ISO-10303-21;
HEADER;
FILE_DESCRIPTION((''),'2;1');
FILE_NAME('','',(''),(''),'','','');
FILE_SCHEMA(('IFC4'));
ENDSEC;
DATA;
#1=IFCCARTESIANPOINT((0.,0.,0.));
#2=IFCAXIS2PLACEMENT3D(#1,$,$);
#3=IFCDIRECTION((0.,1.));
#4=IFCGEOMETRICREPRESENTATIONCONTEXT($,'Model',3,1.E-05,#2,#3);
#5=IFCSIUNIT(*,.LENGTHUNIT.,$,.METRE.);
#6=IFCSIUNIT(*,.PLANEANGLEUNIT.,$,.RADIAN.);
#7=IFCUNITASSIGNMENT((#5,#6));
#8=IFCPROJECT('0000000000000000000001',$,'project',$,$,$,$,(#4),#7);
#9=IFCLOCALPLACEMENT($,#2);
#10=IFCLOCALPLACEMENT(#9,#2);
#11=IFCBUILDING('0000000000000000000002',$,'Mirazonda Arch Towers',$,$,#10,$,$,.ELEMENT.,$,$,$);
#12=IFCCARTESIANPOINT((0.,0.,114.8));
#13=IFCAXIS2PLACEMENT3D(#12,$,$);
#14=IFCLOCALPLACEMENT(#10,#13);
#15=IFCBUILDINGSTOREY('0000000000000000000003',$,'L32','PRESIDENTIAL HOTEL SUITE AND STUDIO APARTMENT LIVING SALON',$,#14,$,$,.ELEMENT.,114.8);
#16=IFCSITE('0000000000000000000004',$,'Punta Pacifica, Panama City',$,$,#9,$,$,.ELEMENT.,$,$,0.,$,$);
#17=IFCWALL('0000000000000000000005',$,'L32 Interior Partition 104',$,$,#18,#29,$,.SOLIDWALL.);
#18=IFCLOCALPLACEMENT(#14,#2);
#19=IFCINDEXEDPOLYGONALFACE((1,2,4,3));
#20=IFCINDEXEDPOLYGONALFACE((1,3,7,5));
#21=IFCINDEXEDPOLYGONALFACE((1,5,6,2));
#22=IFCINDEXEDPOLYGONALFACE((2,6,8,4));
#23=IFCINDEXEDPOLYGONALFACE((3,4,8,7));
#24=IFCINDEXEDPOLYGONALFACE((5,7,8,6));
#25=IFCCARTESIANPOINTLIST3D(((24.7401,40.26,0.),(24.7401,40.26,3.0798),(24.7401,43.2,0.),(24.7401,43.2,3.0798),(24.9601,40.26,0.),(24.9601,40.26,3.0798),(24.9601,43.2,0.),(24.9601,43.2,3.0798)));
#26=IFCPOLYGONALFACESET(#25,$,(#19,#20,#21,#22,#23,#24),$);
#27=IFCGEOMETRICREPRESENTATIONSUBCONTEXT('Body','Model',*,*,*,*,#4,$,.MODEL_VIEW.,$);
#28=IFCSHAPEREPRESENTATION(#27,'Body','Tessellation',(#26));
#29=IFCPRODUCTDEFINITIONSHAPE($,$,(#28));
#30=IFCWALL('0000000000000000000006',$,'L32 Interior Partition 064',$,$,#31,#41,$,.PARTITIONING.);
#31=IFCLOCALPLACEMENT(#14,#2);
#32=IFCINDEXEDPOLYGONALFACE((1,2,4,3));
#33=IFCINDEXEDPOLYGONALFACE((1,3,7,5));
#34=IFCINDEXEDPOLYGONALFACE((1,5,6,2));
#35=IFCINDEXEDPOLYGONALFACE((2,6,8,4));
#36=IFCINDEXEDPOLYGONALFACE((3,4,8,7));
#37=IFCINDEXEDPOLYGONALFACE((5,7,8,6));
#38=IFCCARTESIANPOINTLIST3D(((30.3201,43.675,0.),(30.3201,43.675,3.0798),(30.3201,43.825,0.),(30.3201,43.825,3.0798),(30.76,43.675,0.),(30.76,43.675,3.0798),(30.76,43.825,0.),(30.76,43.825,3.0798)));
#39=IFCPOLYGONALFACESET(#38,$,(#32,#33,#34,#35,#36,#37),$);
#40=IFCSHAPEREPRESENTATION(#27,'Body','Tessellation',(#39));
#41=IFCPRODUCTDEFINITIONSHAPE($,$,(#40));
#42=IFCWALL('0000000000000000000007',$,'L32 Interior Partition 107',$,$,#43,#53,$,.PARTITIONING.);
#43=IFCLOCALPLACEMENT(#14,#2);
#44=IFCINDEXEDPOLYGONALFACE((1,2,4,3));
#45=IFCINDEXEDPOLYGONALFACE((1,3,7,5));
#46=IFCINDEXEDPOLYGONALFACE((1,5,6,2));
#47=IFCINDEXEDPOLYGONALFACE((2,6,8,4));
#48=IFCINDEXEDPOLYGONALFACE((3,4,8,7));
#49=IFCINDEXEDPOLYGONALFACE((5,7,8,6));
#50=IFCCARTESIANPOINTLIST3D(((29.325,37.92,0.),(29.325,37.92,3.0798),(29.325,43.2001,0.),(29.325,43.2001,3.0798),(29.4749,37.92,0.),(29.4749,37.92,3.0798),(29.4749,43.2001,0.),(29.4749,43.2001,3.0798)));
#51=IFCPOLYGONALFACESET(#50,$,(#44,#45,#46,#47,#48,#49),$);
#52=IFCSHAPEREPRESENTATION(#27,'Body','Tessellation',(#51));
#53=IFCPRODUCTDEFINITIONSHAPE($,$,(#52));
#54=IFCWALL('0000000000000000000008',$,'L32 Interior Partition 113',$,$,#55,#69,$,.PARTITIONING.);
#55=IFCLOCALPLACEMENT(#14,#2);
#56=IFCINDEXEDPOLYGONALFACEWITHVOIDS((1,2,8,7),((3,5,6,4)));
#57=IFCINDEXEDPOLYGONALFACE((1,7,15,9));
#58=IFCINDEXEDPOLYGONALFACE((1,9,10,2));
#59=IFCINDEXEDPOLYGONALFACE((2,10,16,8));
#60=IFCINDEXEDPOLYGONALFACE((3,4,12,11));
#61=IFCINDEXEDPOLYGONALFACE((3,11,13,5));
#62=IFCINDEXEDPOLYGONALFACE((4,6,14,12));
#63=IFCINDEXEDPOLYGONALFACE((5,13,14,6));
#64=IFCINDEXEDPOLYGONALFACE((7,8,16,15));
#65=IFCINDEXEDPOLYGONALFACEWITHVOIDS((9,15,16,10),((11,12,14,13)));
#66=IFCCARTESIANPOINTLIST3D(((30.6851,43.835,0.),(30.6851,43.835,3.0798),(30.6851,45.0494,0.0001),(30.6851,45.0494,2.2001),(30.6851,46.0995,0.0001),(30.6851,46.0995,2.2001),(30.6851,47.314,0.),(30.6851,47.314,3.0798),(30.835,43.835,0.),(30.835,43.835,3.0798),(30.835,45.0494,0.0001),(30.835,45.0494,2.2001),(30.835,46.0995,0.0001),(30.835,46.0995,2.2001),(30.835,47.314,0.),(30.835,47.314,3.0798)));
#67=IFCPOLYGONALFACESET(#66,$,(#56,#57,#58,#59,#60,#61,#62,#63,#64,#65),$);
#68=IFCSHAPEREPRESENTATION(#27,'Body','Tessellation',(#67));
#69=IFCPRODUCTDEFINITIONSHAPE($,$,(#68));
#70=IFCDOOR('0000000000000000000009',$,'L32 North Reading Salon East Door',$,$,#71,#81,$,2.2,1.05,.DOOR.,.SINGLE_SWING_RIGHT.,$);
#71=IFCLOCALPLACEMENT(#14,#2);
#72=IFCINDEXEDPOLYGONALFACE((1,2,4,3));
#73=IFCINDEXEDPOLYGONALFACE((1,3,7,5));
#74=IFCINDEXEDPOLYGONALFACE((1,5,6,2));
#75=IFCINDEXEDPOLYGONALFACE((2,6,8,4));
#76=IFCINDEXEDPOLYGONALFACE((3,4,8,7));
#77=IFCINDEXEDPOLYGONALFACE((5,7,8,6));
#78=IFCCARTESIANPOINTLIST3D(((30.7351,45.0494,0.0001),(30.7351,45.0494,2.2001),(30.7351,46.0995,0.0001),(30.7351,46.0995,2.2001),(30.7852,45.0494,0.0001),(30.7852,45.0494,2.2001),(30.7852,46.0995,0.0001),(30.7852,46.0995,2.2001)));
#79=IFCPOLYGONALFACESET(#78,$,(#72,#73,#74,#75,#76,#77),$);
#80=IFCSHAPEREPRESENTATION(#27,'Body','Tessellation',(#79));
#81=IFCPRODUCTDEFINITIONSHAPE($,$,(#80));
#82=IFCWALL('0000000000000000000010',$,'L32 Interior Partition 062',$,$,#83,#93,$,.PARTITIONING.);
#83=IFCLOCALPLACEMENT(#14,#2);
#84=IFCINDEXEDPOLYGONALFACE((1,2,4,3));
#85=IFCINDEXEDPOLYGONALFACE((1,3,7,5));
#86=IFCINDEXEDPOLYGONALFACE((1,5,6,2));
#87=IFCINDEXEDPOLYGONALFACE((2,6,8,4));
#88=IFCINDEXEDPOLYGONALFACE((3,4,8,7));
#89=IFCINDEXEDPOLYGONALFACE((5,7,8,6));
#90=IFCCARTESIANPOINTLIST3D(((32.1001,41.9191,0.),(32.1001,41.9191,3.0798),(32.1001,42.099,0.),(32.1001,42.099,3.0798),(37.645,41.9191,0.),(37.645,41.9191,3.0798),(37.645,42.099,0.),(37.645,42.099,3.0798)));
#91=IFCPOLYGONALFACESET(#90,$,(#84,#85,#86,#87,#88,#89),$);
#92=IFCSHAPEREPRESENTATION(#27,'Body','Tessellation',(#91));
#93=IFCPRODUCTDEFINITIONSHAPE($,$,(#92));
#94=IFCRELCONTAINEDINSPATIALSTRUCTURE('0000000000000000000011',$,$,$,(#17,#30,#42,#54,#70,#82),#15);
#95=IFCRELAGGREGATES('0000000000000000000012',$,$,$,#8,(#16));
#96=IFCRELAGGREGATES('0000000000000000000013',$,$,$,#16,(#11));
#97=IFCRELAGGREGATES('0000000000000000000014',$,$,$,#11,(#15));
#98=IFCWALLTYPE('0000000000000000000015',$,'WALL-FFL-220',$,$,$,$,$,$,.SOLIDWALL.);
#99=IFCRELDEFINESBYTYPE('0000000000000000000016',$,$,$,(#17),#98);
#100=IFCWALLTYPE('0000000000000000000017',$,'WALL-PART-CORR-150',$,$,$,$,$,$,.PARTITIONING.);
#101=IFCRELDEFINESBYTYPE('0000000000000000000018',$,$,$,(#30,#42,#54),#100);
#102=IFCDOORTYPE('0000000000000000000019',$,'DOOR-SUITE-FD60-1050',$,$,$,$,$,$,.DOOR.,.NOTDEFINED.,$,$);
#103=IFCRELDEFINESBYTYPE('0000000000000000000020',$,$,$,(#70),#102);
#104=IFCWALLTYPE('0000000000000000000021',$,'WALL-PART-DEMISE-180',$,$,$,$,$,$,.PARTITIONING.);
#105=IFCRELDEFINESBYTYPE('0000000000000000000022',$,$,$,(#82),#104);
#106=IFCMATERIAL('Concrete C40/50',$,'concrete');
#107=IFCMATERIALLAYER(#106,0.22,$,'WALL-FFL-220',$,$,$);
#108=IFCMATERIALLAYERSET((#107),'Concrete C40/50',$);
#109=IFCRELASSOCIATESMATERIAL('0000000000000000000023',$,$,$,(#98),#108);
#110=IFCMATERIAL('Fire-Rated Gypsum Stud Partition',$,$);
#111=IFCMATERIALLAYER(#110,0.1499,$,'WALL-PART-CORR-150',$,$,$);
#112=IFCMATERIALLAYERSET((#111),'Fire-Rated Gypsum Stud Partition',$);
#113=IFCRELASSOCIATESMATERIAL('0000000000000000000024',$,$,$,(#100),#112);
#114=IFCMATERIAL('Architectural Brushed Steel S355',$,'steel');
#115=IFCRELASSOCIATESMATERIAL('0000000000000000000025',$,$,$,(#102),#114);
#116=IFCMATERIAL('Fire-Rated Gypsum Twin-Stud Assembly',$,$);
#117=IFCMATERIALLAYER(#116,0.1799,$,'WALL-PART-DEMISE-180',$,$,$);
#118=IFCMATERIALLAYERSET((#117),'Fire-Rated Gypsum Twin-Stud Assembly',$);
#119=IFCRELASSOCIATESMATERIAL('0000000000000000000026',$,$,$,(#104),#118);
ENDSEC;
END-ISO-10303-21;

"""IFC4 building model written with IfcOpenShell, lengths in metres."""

from ifc_helpers import new_model, si_unit, direction, frame, frame_2d, origin, place, context, subcontext, project, spatial, rectangle, extrude, material, layer, layer_set, type_object, element, fill, save


model = new_model("IFC4")

# Units and contexts
model_context = context("Model", 3, precision=1e-05, world=origin(), true_north=direction((0.0, 1.0)))
body_context = subcontext(model_context, "Body", "Model", "MODEL_VIEW")
ifc_project = project(units=[si_unit("LENGTHUNIT", "METRE"), si_unit("PLANEANGLEUNIT", "RADIAN")], contexts=[model_context])

# Site, building, storey
site_placement = place(None, origin())
site = spatial("IfcSite", under=ifc_project, at=site_placement, Name="Punta Pacifica, Panama City", CompositionType="ELEMENT", RefElevation=0.0)
building_placement = place(site_placement, origin())
building = spatial("IfcBuilding", under=site, at=building_placement, Name="Mirazonda Arch Towers", CompositionType="ELEMENT")
storey_placement = place(building_placement, frame((0.0, 0.0, 114.8)))
storey = spatial("IfcBuildingStorey", under=building, at=storey_placement, Name="L32", Description="PRESIDENTIAL HOTEL SUITE AND STUDIO APARTMENT LIVING SALON", CompositionType="ELEMENT", Elevation=114.8)

# Walls
ifc_material_1 = material(Name="Concrete C40/50", Category="concrete")
ifc_layer_1 = layer(ifc_material_1, 0.22, Name="WALL-FFL-220")
ifc_layer_set_1 = layer_set([ifc_layer_1], Name="Concrete C40/50")
wall_type_1 = type_object("IfcWallType", Name="WALL-FFL-220", PredefinedType="SOLIDWALL", material=ifc_layer_set_1)
wall_1_placement = place(storey_placement, frame((24.8501, 40.26, 0.0), z_axis=(0.0, 0.0, 1.0), x_axis=(0.0, 1.0, 0.0)))
element("IfcWall", 1, at=wall_1_placement, inside=storey, type_object=wall_type_1, Name="L32 Interior Partition 104", PredefinedType="SOLIDWALL", context=body_context, shape_type="SweptSolid", body=[
    extrude(rectangle(XDim=2.9399, YDim=0.22, at=frame_2d((1.47, 0.0))), origin(), (0.0, 0.0, 1.0), 3.0798),
])
ifc_material_2 = material(Name="Fire-Rated Gypsum Stud Partition")
ifc_layer_2 = layer(ifc_material_2, 0.1499, Name="WALL-PART-CORR-150")
ifc_layer_set_2 = layer_set([ifc_layer_2], Name="Fire-Rated Gypsum Stud Partition")
wall_type_2 = type_object("IfcWallType", Name="WALL-PART-CORR-150", PredefinedType="PARTITIONING", material=ifc_layer_set_2)
wall_2_placement = place(storey_placement, frame((30.3201, 43.75, 0.0), z_axis=(0.0, 0.0, 1.0), x_axis=(1.0, 0.0, 0.0)))
element("IfcWall", 2, at=wall_2_placement, inside=storey, type_object=wall_type_2, Name="L32 Interior Partition 064", PredefinedType="PARTITIONING", context=body_context, shape_type="SweptSolid", body=[
    extrude(rectangle(XDim=0.4399, YDim=0.1499, at=frame_2d((0.22, 0.0))), origin(), (0.0, 0.0, 1.0), 3.0798),
])
wall_3_placement = place(storey_placement, frame((29.3999, 37.9199, 0.0), z_axis=(0.0, 0.0, 1.0), x_axis=(0.0, 1.0, 0.0)))
element("IfcWall", 3, at=wall_3_placement, inside=storey, type_object=wall_type_2, Name="L32 Interior Partition 107", PredefinedType="PARTITIONING", context=body_context, shape_type="SweptSolid", body=[
    extrude(rectangle(XDim=5.28, YDim=0.1499, at=frame_2d((2.6401, 0.0))), origin(), (0.0, 0.0, 1.0), 3.0798),
])

# Wall, opening, door
wall_4_placement = place(storey_placement, frame((30.76, 43.835, 0.0), z_axis=(0.0, 0.0, 1.0), x_axis=(0.0, 1.0, 0.0)))
wall_4 = element("IfcWall", 4, at=wall_4_placement, inside=storey, type_object=wall_type_2, Name="L32 Interior Partition 113", PredefinedType="PARTITIONING", context=body_context, shape_type="SweptSolid", body=[
    extrude(rectangle(XDim=3.479, YDim=0.1499, at=frame_2d((1.7395, 0.0))), origin(), (0.0, 0.0, 1.0), 3.0798),
])
opening_1_placement = place(wall_4_placement, frame((1.2146, 0.0, 0.0)))
opening_1 = element("IfcOpeningElement", 5, at=opening_1_placement, cuts=wall_4, PredefinedType="OPENING", context=body_context, shape_type="SweptSolid", body=[
    extrude(rectangle(XDim=1.05, YDim=2.2, at=frame_2d((0.5249, 1.1001))), frame((0.0, 0.085, 0.0), z_axis=(0.0, -1.0, 0.0), x_axis=(1.0, 0.0, 0.0)), (0.0, 0.0, 1.0), 0.1699),
])
ifc_material_3 = material(Name="Architectural Brushed Steel S355", Category="steel")
door_type_1 = type_object("IfcDoorType", Name="DOOR-SUITE-FD60-1050", OperationType="NOTDEFINED", PredefinedType="DOOR", material=ifc_material_3)
door_1_placement = place(opening_1_placement, origin())
door_1 = element("IfcDoor", 6, at=door_1_placement, inside=storey, type_object=door_type_1, Name="L32 North Reading Salon East Door", OperationType="SINGLE_SWING_RIGHT", OverallHeight=2.2, OverallWidth=1.05, PredefinedType="DOOR", context=body_context, shape_type="SweptSolid", body=[
    extrude(rectangle(XDim=1.05, YDim=2.2, at=frame_2d((0.5249, 1.1001))), frame((0.0, 0.0249, 0.0), z_axis=(0.0, -1.0, 0.0), x_axis=(1.0, 0.0, 0.0)), (0.0, 0.0, 1.0), 0.05),
])
fill(opening_1, door_1)

# Wall
ifc_material_4 = material(Name="Fire-Rated Gypsum Twin-Stud Assembly")
ifc_layer_3 = layer(ifc_material_4, 0.1799, Name="WALL-PART-DEMISE-180")
ifc_layer_set_3 = layer_set([ifc_layer_3], Name="Fire-Rated Gypsum Twin-Stud Assembly")
wall_type_3 = type_object("IfcWallType", Name="WALL-PART-DEMISE-180", PredefinedType="PARTITIONING", material=ifc_layer_set_3)
wall_5_placement = place(storey_placement, frame((32.1001, 42.009, 0.0), z_axis=(0.0, 0.0, 1.0), x_axis=(1.0, 0.0, 0.0)))
element("IfcWall", 7, at=wall_5_placement, inside=storey, type_object=wall_type_3, Name="L32 Interior Partition 062", PredefinedType="PARTITIONING", context=body_context, shape_type="SweptSolid", body=[
    extrude(rectangle(XDim=5.5449, YDim=0.1799, at=frame_2d((2.7725, 0.0))), origin(), (0.0, 0.0, 1.0), 3.0798),
])

save(model, "model.ifc")
